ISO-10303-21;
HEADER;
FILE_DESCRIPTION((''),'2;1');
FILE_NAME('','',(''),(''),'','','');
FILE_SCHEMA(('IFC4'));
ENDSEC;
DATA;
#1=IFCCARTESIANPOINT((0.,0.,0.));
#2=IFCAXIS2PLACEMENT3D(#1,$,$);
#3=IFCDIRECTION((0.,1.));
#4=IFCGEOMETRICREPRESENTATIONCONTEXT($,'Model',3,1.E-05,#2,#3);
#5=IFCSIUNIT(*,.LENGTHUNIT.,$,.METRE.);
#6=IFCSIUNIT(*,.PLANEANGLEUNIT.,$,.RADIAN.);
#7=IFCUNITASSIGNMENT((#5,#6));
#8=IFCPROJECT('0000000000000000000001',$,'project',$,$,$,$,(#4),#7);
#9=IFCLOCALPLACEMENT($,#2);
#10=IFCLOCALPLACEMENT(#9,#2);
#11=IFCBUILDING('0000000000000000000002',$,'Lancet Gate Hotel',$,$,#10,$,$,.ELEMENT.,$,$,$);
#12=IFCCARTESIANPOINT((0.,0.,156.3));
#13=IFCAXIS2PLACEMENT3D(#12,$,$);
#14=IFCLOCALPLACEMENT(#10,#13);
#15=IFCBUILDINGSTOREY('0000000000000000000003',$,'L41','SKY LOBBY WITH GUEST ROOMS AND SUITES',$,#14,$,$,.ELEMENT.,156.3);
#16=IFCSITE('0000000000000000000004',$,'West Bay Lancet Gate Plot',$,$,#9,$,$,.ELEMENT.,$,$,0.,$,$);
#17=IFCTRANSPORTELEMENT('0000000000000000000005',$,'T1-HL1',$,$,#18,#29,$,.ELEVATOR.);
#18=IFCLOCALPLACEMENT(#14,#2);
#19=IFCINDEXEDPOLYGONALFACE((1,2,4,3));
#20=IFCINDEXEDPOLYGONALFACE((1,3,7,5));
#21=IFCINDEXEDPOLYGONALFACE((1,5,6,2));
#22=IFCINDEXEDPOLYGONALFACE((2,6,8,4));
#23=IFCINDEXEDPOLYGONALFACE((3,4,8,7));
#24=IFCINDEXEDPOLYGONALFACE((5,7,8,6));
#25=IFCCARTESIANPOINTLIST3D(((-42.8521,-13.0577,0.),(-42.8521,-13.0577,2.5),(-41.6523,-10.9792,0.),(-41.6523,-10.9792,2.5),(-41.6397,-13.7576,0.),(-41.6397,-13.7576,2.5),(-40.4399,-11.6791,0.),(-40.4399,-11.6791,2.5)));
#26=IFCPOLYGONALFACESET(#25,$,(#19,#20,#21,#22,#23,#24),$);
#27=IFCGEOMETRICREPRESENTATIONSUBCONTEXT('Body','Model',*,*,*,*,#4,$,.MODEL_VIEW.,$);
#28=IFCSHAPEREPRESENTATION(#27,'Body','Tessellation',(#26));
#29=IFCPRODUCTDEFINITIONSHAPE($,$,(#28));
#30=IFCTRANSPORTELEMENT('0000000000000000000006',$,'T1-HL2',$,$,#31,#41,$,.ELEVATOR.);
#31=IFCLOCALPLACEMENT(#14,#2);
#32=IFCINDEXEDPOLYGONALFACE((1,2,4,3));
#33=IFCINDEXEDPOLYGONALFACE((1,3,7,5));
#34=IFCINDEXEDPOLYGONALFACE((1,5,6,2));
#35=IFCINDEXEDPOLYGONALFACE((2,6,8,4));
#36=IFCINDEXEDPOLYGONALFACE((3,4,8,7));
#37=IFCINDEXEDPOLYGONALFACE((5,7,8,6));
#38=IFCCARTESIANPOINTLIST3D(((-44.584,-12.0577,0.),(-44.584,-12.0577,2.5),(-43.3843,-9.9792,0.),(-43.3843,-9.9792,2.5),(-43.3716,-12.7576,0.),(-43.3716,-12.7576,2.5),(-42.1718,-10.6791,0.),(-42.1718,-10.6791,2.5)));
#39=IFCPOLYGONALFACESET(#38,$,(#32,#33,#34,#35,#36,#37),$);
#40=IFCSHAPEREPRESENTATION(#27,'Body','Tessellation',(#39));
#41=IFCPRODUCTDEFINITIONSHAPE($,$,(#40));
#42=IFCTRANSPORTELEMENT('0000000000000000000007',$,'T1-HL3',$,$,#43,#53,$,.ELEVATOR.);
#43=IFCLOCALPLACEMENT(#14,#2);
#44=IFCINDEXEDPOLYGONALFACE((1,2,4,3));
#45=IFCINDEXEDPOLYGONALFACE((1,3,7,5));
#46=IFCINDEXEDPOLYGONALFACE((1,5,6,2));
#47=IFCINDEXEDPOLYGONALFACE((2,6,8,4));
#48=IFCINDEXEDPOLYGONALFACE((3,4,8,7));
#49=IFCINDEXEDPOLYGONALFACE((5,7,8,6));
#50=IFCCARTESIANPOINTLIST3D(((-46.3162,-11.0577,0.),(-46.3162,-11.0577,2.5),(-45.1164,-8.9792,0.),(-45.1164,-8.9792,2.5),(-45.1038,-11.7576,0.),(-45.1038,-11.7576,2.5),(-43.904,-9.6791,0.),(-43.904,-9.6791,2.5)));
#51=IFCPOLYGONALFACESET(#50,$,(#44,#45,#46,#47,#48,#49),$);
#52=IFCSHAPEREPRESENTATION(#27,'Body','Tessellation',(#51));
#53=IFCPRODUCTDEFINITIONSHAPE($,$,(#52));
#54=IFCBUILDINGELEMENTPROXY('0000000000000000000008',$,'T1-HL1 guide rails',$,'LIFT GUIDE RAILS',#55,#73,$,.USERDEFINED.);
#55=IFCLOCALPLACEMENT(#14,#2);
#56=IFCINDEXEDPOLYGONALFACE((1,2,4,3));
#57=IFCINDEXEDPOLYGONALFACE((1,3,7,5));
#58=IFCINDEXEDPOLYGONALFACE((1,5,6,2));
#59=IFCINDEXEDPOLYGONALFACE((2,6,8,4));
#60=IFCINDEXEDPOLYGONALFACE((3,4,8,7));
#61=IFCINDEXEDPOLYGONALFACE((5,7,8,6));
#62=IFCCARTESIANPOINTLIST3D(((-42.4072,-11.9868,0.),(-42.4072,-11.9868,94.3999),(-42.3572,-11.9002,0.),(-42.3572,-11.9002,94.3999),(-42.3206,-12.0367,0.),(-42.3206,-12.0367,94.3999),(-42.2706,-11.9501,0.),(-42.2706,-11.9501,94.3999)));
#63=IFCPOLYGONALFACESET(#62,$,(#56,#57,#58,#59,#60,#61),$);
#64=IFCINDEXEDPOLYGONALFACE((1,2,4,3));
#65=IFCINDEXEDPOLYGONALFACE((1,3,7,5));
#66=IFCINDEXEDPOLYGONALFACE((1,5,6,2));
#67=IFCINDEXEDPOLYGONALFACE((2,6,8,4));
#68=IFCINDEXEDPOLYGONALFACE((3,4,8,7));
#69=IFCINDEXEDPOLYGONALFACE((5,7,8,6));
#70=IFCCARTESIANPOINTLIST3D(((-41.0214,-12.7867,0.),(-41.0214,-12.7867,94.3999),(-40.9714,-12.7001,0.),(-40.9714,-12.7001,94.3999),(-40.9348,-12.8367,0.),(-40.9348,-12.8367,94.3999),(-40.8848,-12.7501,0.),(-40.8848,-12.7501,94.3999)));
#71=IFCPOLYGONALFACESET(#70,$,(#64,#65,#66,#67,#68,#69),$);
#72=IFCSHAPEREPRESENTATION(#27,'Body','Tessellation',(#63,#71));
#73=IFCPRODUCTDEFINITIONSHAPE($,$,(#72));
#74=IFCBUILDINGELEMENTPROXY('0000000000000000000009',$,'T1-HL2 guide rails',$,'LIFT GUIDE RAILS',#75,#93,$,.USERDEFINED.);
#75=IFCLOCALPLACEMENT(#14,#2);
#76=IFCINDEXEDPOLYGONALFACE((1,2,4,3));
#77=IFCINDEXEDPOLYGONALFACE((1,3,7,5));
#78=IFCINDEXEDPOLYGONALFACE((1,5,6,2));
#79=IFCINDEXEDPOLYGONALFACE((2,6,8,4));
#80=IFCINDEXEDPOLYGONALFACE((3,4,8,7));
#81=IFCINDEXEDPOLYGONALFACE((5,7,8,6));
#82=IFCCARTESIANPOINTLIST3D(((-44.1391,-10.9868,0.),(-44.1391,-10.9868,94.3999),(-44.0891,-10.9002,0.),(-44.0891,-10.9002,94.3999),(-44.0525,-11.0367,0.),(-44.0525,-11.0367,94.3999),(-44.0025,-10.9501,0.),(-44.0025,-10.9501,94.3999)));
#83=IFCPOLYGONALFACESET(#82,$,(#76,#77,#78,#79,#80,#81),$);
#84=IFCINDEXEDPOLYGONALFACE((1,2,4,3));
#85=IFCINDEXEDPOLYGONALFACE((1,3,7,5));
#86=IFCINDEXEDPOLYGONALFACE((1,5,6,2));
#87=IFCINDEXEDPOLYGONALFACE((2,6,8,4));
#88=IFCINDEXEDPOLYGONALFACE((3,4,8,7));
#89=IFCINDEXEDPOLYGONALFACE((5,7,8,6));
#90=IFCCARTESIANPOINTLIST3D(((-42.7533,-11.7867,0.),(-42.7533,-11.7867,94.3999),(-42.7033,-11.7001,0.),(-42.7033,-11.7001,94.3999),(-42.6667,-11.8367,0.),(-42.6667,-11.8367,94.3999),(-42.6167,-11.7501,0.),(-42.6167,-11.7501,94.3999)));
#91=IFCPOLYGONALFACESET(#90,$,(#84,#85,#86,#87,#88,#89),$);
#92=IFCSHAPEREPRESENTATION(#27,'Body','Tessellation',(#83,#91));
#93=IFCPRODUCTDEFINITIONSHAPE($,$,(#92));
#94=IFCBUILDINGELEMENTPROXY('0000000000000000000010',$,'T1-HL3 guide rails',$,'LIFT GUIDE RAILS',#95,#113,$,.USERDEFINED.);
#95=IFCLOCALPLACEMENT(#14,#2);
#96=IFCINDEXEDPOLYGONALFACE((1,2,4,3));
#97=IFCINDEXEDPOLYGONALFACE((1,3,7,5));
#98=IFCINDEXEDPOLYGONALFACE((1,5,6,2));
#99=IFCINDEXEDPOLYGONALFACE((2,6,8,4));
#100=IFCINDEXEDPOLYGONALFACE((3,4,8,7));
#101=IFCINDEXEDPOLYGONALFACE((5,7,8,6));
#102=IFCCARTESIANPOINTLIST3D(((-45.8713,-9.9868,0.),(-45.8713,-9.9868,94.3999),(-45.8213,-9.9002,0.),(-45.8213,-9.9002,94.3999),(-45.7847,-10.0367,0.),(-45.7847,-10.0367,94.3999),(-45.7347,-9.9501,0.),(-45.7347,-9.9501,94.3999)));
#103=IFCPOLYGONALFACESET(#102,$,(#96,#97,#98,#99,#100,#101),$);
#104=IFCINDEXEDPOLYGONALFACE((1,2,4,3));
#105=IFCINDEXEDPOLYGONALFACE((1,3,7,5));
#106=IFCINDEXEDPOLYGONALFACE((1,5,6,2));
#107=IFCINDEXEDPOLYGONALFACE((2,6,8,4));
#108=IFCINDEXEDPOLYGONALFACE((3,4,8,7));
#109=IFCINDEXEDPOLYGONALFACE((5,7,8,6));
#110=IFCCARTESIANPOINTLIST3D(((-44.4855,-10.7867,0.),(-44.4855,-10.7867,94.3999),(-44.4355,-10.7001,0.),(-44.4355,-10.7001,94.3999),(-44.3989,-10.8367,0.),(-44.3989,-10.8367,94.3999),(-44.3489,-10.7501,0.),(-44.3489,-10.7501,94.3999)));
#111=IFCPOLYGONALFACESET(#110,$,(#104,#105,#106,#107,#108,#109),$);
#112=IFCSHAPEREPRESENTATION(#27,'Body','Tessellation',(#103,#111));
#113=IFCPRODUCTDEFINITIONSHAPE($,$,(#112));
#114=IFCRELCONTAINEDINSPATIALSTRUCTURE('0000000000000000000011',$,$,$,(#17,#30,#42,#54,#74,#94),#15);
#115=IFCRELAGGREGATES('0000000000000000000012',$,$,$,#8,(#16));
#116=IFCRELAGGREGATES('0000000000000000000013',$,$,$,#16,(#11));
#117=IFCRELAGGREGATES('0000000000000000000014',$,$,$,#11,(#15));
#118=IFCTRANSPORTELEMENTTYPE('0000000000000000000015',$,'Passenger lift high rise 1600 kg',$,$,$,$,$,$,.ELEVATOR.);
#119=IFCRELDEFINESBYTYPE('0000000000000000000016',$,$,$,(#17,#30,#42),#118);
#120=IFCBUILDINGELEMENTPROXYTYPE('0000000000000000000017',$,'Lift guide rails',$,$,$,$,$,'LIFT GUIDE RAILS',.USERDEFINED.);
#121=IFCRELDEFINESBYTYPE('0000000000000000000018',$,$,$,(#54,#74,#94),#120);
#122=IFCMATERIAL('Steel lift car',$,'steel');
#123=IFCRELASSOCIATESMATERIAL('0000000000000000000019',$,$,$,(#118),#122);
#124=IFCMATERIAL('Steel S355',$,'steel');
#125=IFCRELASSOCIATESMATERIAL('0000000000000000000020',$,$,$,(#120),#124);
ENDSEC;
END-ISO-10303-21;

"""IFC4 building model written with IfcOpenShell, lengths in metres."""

from ifc_helpers import new_model, si_unit, direction, frame, origin, origin_2d, place, context, subcontext, project, spatial, rectangle, extrude, material, type_object, element, save


model = new_model("IFC4")

# Units and contexts
model_context = context("Model", 3, precision=1e-05, world=origin(), true_north=direction((0.0, 1.0)))
body_context = subcontext(model_context, "Body", "Model", "MODEL_VIEW")
ifc_project = project(units=[si_unit("LENGTHUNIT", "METRE"), si_unit("PLANEANGLEUNIT", "RADIAN")], contexts=[model_context])

# Site, building, storey
site_placement = place(None, origin())
site = spatial("IfcSite", under=ifc_project, at=site_placement, Name="West Bay Lancet Gate Plot", CompositionType="ELEMENT", RefElevation=0.0)
building_placement = place(site_placement, origin())
building = spatial("IfcBuilding", under=site, at=building_placement, Name="Lancet Gate Hotel", CompositionType="ELEMENT")
storey_placement = place(building_placement, frame((0.0, 0.0, 156.3)))
storey = spatial("IfcBuildingStorey", under=building, at=storey_placement, Name="L41", Description="SKY LOBBY WITH GUEST ROOMS AND SUITES", CompositionType="ELEMENT", Elevation=156.3)

# Transport elements
ifc_material_1 = material(Name="Steel lift car", Category="steel")
transport_element_type = type_object("IfcTransportElementType", Name="Passenger lift high rise 1600 kg", PredefinedType="ELEVATOR", material=ifc_material_1)
for number, where, z_axis, x_axis, name in (
    (1, (-41.646, -12.3684, 0.0), (0.0, 0.0, 1.0), (-0.499917, -0.866073, 0.0), "T1-HL1"),
    (2, (-43.3779, -11.3684, 0.0), (0.0, 0.0, 1.0), (-0.499917, -0.866073, 0.0), "T1-HL2"),
    (3, (-45.1101, -10.3684, 0.0), (0.0, 0.0, 1.0), (-0.499917, -0.866073, 0.0), "T1-HL3"),
):
    element("IfcTransportElement", number, at=place(storey_placement, frame(where, z_axis=z_axis, x_axis=x_axis)), inside=storey, type_object=transport_element_type, Name=name, PredefinedType="ELEVATOR", context=body_context, shape_type="SweptSolid", body=[
        extrude(rectangle(XDim=2.3999, YDim=1.3999, at=origin_2d()), origin(), (0.0, 0.0, 1.0), 2.5),
    ])

# Building element proxies
ifc_material_2 = material(Name="Steel S355", Category="steel")
building_element_proxy_type = type_object("IfcBuildingElementProxyType", Name="Lift guide rails", ElementType="LIFT GUIDE RAILS", PredefinedType="USERDEFINED", material=ifc_material_2)
for number, where, z_axis, x_axis, name in (
    (4, (-41.646, -12.3684, 0.0), (0.0, 0.0, 1.0), (-0.499917, -0.866073, 0.0), "T1-HL1 guide rails"),
    (5, (-43.3779, -11.3684, 0.0), (0.0, 0.0, 1.0), (-0.499917, -0.866073, 0.0), "T1-HL2 guide rails"),
    (6, (-45.1101, -10.3684, 0.0), (0.0, 0.0, 1.0), (-0.499917, -0.866073, 0.0), "T1-HL3 guide rails"),
):
    element("IfcBuildingElementProxy", number, at=place(storey_placement, frame(where, z_axis=z_axis, x_axis=x_axis)), inside=storey, type_object=building_element_proxy_type, Name=name, ObjectType="LIFT GUIDE RAILS", PredefinedType="USERDEFINED", context=body_context, shape_type="SweptSolid", body=[
        extrude(rectangle(XDim=0.1, YDim=0.1, at=origin_2d()), frame((0.0, -0.8, 0.0)), (0.0, 0.0, 1.0), 94.3999),
        extrude(rectangle(XDim=0.1, YDim=0.1, at=origin_2d()), frame((0.0, 0.8, 0.0)), (0.0, 0.0, 1.0), 94.3999),
    ])

save(model, "model.ifc")
